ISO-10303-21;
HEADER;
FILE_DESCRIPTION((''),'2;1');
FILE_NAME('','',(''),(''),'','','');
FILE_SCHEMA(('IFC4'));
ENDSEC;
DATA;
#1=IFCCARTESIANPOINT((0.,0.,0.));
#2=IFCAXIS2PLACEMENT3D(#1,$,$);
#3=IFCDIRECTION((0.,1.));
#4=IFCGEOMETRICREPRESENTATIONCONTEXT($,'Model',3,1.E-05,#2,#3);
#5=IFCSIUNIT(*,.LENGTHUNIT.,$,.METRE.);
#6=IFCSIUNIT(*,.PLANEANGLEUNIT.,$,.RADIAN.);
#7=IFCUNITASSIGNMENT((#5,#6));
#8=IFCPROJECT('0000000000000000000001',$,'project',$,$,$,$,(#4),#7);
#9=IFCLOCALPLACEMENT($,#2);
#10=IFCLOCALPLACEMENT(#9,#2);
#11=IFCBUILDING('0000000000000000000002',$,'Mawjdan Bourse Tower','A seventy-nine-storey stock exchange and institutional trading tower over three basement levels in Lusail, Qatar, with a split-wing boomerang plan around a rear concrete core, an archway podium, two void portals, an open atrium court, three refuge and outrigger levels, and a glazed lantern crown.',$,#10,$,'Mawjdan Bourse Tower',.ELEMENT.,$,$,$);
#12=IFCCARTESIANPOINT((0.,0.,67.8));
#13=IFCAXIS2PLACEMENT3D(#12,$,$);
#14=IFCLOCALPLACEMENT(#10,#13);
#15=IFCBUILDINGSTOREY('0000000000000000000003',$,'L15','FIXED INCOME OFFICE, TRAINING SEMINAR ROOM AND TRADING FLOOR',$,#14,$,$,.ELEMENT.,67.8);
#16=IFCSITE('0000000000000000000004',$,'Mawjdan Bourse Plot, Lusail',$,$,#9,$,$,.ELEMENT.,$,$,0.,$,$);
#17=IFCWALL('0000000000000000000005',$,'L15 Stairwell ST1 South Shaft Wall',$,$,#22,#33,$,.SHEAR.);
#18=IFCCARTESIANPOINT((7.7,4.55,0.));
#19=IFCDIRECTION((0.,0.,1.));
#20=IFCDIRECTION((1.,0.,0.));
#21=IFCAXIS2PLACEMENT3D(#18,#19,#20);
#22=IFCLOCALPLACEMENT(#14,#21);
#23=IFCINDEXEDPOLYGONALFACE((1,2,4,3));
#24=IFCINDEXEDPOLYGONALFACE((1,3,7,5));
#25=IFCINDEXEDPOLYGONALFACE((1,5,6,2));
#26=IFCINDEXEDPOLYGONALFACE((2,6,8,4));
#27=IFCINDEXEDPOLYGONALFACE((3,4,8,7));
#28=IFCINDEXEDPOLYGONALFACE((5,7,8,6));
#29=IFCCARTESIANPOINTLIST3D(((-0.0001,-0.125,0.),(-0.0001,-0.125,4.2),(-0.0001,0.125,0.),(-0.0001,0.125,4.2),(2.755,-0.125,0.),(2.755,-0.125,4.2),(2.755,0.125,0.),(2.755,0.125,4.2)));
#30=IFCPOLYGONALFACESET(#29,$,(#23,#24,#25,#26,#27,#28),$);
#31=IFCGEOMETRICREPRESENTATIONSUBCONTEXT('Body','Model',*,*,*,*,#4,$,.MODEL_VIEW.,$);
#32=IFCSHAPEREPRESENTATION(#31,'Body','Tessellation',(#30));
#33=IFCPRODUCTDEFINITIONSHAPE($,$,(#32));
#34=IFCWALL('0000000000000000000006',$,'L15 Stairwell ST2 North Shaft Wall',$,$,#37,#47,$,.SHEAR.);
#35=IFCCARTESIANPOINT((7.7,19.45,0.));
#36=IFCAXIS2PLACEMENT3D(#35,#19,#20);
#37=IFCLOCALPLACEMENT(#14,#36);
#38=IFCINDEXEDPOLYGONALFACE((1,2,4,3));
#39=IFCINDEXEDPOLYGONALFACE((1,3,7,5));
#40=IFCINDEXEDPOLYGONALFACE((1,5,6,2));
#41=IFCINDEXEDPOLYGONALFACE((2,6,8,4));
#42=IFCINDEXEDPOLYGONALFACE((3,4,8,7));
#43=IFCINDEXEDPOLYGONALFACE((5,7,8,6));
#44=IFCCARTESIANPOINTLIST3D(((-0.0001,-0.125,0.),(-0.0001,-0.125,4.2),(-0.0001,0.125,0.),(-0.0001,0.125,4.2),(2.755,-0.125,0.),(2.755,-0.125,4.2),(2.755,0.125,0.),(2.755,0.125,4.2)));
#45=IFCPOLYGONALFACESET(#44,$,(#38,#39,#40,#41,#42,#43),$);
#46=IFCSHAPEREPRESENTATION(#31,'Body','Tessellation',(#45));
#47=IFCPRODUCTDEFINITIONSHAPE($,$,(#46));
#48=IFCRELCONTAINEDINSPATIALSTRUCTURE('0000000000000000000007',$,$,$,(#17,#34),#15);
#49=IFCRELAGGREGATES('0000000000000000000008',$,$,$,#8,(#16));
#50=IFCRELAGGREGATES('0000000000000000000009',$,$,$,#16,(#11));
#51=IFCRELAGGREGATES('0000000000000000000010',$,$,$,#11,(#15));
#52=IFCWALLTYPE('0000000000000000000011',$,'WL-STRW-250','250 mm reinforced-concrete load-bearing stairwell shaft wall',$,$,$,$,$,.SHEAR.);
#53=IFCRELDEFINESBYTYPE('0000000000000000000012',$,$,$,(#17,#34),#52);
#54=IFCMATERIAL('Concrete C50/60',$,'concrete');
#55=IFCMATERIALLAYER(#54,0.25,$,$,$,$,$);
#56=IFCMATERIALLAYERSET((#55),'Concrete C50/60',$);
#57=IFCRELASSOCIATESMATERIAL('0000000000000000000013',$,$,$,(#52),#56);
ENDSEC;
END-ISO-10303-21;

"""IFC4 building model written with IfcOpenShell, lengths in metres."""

from ifc_helpers import new_model, si_unit, direction, frame, frame_2d, origin, place, context, subcontext, project, spatial, rectangle, extrude, material, layer, layer_set, type_object, element, save


model = new_model("IFC4")

# Units and contexts
model_context = context("Model", 3, precision=1e-05, world=origin(), true_north=direction((0.0, 1.0)))
body_context = subcontext(model_context, "Body", "Model", "MODEL_VIEW")
ifc_project = project(units=[si_unit("LENGTHUNIT", "METRE"), si_unit("PLANEANGLEUNIT", "RADIAN")], contexts=[model_context])

# Site, building, storey
site_placement = place(None, origin())
site = spatial("IfcSite", under=ifc_project, at=site_placement, Name="Mawjdan Bourse Plot, Lusail", CompositionType="ELEMENT", RefElevation=0.0)
building_placement = place(site_placement, origin())
building = spatial("IfcBuilding", under=site, at=building_placement, Name="Mawjdan Bourse Tower", Description="A seventy-nine-storey stock exchange and institutional trading tower over three basement levels in Lusail, Qatar, with a split-wing boomerang plan around a rear concrete core, an archway podium, two void portals, an open atrium court, three refuge and outrigger levels, and a glazed lantern crown.", LongName="Mawjdan Bourse Tower", CompositionType="ELEMENT")
storey_placement = place(building_placement, frame((0.0, 0.0, 67.8)))
storey = spatial("IfcBuildingStorey", under=building, at=storey_placement, Name="L15", Description="FIXED INCOME OFFICE, TRAINING SEMINAR ROOM AND TRADING FLOOR", CompositionType="ELEMENT", Elevation=67.8)

# Shared definitions
ifc_material_1 = material(Name="Concrete C50/60", Category="concrete")

# Walls
ifc_layer_1 = layer(ifc_material_1, 0.25)
ifc_layer_set_1 = layer_set([ifc_layer_1], Name="Concrete C50/60")
wall_type_1 = type_object("IfcWallType", Name="WL-STRW-250", Description="250 mm reinforced-concrete load-bearing stairwell shaft wall", PredefinedType="SHEAR", material=ifc_layer_set_1)
for number, where, z_axis, x_axis, name in (
    (1, (7.7, 4.55, 0.0), (0.0, 0.0, 1.0), (1.0, 0.0, 0.0), "L15 Stairwell ST1 South Shaft Wall"),
    (2, (7.7, 19.45, 0.0), (0.0, 0.0, 1.0), (1.0, 0.0, 0.0), "L15 Stairwell ST2 North Shaft Wall"),
):
    element("IfcWall", number, at=place(storey_placement, frame(where, z_axis=z_axis, x_axis=x_axis)), inside=storey, type_object=wall_type_1, Name=name, PredefinedType="SHEAR", context=body_context, shape_type="SweptSolid", body=[
        extrude(rectangle(XDim=2.7551, YDim=0.25, at=frame_2d((1.3774, 0.0))), origin(), (0.0, 0.0, 1.0), 4.2),
    ])

save(model, "model.ifc")
